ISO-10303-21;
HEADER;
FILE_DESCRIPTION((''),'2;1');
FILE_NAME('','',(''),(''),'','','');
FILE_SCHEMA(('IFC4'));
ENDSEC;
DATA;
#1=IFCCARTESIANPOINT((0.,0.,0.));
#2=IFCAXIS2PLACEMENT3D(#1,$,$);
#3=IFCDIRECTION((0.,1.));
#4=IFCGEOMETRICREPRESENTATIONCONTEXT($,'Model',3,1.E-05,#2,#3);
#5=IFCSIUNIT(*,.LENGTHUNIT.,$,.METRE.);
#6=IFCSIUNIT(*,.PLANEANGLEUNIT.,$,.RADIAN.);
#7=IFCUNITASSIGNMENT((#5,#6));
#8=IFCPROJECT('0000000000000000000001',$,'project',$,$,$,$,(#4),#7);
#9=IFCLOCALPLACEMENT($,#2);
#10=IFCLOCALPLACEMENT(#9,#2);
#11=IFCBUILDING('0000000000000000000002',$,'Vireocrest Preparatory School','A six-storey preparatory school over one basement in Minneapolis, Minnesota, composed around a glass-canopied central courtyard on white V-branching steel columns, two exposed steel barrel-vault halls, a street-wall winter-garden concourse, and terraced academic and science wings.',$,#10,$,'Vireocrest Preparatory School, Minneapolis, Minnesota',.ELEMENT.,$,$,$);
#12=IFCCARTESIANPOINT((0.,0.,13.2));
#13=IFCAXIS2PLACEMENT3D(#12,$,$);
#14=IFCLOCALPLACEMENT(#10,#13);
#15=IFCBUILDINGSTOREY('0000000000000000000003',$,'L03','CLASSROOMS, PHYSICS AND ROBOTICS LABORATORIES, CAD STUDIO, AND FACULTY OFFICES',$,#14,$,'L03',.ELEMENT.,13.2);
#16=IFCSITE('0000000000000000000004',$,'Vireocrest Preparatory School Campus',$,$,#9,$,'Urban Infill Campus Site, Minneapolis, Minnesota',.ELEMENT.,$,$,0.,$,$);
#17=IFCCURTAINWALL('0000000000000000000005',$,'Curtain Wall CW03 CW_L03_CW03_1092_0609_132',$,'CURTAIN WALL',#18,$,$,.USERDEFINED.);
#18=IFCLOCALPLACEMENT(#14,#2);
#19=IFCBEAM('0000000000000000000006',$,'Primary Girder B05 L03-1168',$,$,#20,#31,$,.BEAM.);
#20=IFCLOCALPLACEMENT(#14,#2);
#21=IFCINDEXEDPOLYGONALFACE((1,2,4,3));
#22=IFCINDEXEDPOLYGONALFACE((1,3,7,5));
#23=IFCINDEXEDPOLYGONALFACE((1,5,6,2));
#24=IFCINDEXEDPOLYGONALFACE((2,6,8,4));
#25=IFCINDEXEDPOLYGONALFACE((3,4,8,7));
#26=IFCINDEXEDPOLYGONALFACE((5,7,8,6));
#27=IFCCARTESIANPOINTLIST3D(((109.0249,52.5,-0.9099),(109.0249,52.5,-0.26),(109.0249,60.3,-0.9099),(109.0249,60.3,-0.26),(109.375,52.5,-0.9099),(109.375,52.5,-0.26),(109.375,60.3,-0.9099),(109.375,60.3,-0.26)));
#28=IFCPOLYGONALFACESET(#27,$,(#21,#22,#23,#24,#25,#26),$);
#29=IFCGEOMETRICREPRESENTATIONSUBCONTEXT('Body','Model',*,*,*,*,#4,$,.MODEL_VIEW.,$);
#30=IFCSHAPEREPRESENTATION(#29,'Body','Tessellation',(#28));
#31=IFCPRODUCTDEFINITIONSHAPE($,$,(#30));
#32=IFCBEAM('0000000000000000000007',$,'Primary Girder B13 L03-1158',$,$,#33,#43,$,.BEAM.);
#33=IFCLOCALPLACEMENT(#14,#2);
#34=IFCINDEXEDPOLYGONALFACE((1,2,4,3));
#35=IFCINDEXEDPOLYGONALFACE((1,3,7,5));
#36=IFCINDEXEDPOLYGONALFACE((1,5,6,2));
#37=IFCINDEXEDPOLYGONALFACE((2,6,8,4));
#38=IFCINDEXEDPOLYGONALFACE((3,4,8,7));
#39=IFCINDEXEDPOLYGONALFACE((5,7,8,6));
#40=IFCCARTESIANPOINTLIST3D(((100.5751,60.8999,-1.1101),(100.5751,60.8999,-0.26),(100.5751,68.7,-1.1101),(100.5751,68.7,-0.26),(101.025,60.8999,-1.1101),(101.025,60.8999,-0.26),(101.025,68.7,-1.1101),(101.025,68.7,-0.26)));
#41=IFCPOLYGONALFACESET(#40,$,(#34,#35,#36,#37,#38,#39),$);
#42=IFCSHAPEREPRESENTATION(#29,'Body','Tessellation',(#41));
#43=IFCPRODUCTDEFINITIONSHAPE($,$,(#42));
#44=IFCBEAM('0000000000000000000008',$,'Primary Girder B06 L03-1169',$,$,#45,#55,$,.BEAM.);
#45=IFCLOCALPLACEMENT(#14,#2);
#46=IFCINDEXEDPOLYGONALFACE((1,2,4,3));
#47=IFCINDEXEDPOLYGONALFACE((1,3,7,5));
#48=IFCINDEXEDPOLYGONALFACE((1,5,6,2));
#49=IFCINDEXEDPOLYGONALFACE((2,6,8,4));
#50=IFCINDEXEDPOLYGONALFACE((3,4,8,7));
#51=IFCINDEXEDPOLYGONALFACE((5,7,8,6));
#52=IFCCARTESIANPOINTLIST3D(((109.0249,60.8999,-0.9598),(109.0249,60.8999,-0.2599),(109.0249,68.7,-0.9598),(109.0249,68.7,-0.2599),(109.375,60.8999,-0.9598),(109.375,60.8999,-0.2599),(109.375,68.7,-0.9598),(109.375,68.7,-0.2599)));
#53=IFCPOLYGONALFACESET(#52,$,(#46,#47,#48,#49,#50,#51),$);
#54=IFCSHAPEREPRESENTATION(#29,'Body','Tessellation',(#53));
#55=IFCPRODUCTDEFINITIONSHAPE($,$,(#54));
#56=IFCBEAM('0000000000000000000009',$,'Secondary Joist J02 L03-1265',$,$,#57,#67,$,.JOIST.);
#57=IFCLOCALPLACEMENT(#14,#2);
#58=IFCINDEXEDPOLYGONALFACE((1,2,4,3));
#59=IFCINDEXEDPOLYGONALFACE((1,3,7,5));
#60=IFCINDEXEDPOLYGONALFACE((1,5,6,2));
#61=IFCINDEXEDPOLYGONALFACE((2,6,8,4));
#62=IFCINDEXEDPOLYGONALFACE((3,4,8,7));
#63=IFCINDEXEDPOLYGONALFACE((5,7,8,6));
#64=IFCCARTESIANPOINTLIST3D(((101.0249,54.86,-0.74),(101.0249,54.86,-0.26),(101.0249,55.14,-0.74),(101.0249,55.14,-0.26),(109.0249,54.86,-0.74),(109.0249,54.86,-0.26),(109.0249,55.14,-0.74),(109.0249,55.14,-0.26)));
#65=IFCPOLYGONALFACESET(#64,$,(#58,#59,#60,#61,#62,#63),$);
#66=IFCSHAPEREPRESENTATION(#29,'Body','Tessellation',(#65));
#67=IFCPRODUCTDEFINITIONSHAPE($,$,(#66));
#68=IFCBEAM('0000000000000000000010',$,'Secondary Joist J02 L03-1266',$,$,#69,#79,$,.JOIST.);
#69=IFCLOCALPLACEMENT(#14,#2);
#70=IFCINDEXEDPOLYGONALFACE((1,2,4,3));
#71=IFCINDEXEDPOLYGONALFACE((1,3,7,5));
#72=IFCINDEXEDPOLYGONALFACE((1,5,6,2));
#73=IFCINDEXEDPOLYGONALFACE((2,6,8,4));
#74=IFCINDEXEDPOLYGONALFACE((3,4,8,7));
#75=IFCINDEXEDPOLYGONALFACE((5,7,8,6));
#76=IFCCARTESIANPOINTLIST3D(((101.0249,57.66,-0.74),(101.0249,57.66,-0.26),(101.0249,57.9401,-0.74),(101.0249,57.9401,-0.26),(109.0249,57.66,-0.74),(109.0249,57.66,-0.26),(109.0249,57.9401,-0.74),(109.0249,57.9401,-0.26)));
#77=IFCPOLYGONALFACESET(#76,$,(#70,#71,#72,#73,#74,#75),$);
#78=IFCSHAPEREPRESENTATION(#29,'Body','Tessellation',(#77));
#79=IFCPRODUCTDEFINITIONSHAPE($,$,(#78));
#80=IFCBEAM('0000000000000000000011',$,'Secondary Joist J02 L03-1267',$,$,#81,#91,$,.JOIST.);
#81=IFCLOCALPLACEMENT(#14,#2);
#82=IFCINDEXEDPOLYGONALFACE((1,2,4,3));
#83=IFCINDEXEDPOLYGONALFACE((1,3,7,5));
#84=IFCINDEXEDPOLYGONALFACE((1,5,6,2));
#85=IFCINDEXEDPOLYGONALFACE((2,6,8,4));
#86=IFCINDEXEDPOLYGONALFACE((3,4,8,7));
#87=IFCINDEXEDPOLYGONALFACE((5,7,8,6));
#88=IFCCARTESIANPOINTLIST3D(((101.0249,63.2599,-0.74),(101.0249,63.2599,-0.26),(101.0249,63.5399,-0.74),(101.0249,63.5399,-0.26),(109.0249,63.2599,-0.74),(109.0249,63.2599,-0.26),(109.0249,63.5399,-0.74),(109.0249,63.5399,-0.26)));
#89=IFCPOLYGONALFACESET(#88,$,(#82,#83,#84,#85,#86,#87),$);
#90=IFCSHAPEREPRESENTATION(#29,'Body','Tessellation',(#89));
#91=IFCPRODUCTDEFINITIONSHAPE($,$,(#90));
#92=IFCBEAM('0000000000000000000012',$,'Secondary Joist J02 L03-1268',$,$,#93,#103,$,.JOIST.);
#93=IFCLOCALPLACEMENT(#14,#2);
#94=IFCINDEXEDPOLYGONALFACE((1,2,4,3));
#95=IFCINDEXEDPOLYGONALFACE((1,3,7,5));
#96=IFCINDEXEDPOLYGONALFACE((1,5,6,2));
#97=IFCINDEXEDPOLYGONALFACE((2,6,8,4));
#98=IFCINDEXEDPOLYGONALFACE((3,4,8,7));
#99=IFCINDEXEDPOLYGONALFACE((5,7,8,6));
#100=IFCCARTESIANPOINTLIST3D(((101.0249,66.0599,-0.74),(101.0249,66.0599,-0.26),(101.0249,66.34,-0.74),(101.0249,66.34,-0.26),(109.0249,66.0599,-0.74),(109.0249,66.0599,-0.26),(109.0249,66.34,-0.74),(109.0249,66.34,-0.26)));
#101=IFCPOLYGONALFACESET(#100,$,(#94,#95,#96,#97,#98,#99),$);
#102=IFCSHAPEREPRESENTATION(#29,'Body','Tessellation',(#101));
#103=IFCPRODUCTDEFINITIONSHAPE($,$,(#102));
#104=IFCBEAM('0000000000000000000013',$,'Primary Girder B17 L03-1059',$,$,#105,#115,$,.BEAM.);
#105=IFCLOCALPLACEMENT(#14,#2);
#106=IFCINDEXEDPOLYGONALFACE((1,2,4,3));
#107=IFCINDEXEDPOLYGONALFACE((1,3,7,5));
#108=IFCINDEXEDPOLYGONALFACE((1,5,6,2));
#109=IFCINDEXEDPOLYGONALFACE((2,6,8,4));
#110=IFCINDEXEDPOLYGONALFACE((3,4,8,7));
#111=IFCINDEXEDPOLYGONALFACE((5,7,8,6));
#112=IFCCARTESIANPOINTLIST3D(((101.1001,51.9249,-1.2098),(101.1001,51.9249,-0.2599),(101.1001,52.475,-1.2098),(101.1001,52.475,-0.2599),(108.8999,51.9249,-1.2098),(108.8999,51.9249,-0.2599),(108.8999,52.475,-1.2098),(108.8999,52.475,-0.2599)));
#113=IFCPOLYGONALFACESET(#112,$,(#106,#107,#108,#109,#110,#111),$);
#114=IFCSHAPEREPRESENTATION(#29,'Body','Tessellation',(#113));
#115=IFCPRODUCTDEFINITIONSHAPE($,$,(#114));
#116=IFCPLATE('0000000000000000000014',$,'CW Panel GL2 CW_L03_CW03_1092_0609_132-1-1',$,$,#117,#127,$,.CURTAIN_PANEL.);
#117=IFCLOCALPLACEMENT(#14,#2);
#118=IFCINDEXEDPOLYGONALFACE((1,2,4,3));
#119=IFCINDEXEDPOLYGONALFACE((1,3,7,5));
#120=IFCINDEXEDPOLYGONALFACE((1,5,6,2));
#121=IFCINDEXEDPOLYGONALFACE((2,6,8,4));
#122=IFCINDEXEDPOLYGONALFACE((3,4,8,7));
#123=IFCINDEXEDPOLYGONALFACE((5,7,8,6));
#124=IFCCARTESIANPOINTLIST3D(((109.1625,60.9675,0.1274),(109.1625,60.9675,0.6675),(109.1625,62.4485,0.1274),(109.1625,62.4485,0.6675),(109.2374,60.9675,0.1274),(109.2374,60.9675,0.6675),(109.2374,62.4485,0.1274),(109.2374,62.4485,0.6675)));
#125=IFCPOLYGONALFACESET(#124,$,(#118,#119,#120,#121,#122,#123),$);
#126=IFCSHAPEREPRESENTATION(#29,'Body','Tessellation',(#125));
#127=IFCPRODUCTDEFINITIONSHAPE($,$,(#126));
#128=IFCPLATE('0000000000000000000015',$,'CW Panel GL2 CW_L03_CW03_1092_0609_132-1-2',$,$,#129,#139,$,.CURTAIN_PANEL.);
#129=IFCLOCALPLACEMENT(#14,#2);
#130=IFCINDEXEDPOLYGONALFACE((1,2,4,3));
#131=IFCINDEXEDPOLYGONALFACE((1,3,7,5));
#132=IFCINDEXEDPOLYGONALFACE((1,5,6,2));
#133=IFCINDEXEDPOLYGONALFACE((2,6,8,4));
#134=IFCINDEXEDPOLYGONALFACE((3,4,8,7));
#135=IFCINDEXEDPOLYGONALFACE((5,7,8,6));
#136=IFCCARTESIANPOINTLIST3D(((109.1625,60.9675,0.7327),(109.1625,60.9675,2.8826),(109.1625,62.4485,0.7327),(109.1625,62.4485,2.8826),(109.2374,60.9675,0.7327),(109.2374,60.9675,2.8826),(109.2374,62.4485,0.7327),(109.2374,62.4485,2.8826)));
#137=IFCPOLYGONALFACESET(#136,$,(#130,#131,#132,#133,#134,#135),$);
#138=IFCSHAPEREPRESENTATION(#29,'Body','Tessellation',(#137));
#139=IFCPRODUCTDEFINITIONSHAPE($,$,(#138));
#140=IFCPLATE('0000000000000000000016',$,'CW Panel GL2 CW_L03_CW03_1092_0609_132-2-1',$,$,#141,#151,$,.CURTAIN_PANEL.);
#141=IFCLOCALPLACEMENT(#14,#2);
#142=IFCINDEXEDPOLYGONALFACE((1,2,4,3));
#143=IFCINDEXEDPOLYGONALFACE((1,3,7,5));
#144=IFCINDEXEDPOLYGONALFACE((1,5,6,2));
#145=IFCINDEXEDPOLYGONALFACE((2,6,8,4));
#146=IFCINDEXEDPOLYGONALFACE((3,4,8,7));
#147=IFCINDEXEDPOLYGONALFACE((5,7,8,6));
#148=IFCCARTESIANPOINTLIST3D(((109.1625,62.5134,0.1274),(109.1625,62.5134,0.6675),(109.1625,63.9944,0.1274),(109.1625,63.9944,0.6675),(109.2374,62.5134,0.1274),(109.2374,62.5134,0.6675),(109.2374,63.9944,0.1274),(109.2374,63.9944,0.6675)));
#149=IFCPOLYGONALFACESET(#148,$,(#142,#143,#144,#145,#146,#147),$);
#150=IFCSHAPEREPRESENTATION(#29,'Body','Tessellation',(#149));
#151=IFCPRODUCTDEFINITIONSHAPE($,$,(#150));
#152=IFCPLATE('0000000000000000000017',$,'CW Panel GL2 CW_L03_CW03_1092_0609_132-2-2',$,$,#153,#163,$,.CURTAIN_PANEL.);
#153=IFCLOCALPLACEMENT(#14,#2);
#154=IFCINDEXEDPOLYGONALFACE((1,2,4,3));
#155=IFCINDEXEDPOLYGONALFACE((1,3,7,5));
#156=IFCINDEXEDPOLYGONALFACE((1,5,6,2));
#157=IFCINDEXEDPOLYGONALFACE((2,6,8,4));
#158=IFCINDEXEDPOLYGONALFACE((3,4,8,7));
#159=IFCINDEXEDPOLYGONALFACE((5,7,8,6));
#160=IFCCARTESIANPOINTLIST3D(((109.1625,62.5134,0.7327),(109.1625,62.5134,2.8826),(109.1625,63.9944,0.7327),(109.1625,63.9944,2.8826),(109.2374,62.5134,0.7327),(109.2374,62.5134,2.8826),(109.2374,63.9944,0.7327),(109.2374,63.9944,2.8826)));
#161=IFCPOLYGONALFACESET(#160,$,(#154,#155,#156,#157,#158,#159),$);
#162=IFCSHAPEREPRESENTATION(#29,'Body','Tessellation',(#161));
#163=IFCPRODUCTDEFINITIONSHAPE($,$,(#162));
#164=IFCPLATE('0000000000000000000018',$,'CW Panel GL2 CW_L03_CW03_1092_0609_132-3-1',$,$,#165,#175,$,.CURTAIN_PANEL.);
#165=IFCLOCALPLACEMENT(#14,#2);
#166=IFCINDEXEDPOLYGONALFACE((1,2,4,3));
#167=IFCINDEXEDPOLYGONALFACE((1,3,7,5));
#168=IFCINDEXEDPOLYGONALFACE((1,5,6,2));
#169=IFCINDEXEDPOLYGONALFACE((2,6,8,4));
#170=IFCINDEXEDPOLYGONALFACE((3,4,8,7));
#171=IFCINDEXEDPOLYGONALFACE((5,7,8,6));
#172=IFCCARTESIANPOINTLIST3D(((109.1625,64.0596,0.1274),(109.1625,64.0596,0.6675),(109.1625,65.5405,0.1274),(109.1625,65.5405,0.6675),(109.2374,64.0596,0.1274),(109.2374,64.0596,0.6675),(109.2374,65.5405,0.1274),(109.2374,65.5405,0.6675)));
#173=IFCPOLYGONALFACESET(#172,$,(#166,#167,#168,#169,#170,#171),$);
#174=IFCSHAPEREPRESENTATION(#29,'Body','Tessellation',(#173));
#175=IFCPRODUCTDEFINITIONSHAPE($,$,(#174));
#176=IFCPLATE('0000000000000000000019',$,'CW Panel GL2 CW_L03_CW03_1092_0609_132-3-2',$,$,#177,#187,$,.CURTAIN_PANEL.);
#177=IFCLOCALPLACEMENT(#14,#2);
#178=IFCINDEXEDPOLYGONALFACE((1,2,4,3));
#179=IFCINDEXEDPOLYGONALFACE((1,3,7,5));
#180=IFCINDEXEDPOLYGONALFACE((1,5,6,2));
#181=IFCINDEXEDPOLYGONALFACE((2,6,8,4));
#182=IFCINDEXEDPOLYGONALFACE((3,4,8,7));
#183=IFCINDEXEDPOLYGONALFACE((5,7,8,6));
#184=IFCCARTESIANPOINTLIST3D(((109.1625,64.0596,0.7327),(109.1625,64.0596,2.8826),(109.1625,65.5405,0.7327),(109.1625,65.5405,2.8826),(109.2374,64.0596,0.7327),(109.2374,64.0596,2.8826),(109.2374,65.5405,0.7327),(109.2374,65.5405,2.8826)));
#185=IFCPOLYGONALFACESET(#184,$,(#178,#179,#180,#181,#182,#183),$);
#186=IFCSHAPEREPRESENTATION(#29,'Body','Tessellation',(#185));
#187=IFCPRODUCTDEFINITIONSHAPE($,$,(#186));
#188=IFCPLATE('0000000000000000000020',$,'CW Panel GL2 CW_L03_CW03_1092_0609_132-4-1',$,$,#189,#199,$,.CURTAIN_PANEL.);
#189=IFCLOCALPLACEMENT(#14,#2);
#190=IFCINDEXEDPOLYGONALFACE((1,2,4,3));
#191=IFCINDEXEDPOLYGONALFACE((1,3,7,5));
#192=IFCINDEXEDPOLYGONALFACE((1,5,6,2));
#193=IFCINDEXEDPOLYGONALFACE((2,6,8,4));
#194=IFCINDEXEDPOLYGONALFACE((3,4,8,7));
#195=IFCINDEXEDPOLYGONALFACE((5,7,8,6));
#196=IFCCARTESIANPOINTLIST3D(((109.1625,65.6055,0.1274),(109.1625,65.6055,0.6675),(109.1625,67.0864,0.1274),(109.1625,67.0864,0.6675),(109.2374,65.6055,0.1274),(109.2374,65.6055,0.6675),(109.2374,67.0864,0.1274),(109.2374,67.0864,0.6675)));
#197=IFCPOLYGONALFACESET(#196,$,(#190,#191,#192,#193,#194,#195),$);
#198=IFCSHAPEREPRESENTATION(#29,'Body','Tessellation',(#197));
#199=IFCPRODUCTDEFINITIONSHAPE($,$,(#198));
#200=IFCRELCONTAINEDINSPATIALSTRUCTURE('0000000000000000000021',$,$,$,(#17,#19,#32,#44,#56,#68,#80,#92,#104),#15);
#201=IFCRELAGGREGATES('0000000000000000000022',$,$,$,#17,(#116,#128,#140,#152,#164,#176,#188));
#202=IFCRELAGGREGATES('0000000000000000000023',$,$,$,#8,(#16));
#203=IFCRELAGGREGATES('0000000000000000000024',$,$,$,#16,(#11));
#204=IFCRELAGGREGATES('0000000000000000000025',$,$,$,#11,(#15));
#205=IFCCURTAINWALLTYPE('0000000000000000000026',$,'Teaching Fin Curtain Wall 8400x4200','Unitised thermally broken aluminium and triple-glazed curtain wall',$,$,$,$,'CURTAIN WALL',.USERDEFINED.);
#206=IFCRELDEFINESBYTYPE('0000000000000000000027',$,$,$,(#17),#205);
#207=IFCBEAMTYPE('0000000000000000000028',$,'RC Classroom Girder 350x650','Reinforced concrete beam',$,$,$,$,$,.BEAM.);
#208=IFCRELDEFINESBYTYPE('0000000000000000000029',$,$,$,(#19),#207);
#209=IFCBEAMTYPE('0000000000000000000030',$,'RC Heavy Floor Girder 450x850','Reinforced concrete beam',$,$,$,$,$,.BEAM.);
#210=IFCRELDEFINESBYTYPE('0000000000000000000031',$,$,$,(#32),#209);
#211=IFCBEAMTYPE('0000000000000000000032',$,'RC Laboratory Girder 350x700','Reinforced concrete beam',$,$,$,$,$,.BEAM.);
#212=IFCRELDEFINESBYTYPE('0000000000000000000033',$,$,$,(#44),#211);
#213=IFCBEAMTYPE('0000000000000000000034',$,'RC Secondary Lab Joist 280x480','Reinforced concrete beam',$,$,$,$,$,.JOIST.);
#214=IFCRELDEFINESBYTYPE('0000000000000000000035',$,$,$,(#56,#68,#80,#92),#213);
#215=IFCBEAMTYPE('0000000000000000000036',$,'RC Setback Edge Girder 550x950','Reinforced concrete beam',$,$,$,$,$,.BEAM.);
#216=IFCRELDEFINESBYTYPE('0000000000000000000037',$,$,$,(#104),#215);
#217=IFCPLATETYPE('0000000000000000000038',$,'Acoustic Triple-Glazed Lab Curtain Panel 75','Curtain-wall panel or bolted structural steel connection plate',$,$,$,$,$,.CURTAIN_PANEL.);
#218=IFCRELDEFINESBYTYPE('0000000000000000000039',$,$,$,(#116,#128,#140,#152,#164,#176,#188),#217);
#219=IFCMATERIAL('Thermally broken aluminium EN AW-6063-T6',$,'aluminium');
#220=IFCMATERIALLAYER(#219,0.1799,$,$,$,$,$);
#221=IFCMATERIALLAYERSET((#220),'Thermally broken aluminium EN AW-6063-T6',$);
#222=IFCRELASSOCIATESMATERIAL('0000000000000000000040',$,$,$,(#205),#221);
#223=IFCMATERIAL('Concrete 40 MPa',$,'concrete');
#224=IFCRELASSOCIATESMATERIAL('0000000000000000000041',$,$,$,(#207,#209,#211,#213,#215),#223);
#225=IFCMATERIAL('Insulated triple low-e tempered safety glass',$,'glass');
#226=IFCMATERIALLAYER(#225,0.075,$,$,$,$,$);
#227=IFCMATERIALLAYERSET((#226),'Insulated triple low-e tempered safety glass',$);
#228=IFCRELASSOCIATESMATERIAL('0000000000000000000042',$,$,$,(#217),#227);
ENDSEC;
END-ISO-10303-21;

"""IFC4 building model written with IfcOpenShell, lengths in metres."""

from ifc_helpers import new_model, si_unit, direction, frame, origin, origin_2d, place, context, subcontext, project, spatial, rectangle, extrude, material, layer, layer_set, material_profile, profile_set, type_object, element, aggregate, save


model = new_model("IFC4")

# Units and contexts
model_context = context("Model", 3, precision=1e-05, world=origin(), true_north=direction((0.0, 1.0)))
body_context = subcontext(model_context, "Body", "Model", "MODEL_VIEW")
ifc_project = project(units=[si_unit("LENGTHUNIT", "METRE"), si_unit("PLANEANGLEUNIT", "RADIAN")], contexts=[model_context])

# Site, building, storey
site_placement = place(None, origin())
site = spatial("IfcSite", under=ifc_project, at=site_placement, Name="Vireocrest Preparatory School Campus", LongName="Urban Infill Campus Site, Minneapolis, Minnesota", CompositionType="ELEMENT", RefElevation=0.0)
building_placement = place(site_placement, origin())
building = spatial("IfcBuilding", under=site, at=building_placement, Name="Vireocrest Preparatory School", Description="A six-storey preparatory school over one basement in Minneapolis, Minnesota, composed around a glass-canopied central courtyard on white V-branching steel columns, two exposed steel barrel-vault halls, a street-wall winter-garden concourse, and terraced academic and science wings.", LongName="Vireocrest Preparatory School, Minneapolis, Minnesota", CompositionType="ELEMENT")
storey_placement = place(building_placement, frame((0.0, 0.0, 13.2)))
storey = spatial("IfcBuildingStorey", under=building, at=storey_placement, Name="L03", Description="CLASSROOMS, PHYSICS AND ROBOTICS LABORATORIES, CAD STUDIO, AND FACULTY OFFICES", LongName="L03", CompositionType="ELEMENT", Elevation=13.2)

# Shared definitions
ifc_material_1 = material(Name="Thermally broken aluminium EN AW-6063-T6", Category="aluminium")
ifc_layer_1 = layer(ifc_material_1, 0.1799)
ifc_layer_set_1 = layer_set([ifc_layer_1], Name="Thermally broken aluminium EN AW-6063-T6")
curtain_wall_type = type_object("IfcCurtainWallType", Name="Teaching Fin Curtain Wall 8400x4200", Description="Unitised thermally broken aluminium and triple-glazed curtain wall", ElementType="CURTAIN WALL", PredefinedType="USERDEFINED", material=ifc_layer_set_1)

# Curtain wall
curtain_wall_1_placement = place(storey_placement, origin())
curtain_wall_1 = element("IfcCurtainWall", 1, at=curtain_wall_1_placement, inside=storey, type_object=curtain_wall_type, Name="Curtain Wall CW03 CW_L03_CW03_1092_0609_132", ObjectType="CURTAIN WALL", PredefinedType="USERDEFINED")

# Beams
ifc_material_2 = material(Name="Concrete 40 MPa", Category="concrete")
ifc_material_profile_1 = material_profile(ifc_material_2, rectangle(XDim=0.3501, YDim=0.6499, at=origin_2d()), Name="RC 350x650")
ifc_profile_set_1 = profile_set([ifc_material_profile_1], Name="Concrete 40 MPa")
beam_type_1 = type_object("IfcBeamType", Name="RC Classroom Girder 350x650", Description="Reinforced concrete beam", PredefinedType="BEAM", material=ifc_profile_set_1)
beam_1_placement = place(storey_placement, frame((109.2, 52.5, -0.585), z_axis=(0.0, 1.0, 0.0), x_axis=(-1.0, 0.0, 0.0)))
element("IfcBeam", 2, at=beam_1_placement, inside=storey, type_object=beam_type_1, Name="Primary Girder B05 L03-1168", PredefinedType="BEAM", context=body_context, shape_type="SweptSolid", body=[
    extrude(rectangle(XDim=0.3501, YDim=0.6499, at=origin_2d()), origin(), (0.0, 0.0, 1.0), 7.8),
])
ifc_material_profile_2 = material_profile(ifc_material_2, rectangle(XDim=0.45, YDim=0.8501, at=origin_2d()), Name="RC 450x850")
ifc_profile_set_2 = profile_set([ifc_material_profile_2], Name="Concrete 40 MPa")
beam_type_2 = type_object("IfcBeamType", Name="RC Heavy Floor Girder 450x850", Description="Reinforced concrete beam", PredefinedType="BEAM", material=ifc_profile_set_2)
beam_2_placement = place(storey_placement, frame((100.8, 60.8999, -0.6851), z_axis=(0.0, 1.0, 0.0), x_axis=(-1.0, 0.0, 0.0)))
element("IfcBeam", 3, at=beam_2_placement, inside=storey, type_object=beam_type_2, Name="Primary Girder B13 L03-1158", PredefinedType="BEAM", context=body_context, shape_type="SweptSolid", body=[
    extrude(rectangle(XDim=0.45, YDim=0.8501, at=origin_2d()), origin(), (0.0, 0.0, 1.0), 7.8),
])
ifc_material_profile_3 = material_profile(ifc_material_2, rectangle(XDim=0.3501, YDim=0.7, at=origin_2d()), Name="RC 350x700")
ifc_profile_set_3 = profile_set([ifc_material_profile_3], Name="Concrete 40 MPa")
beam_type_3 = type_object("IfcBeamType", Name="RC Laboratory Girder 350x700", Description="Reinforced concrete beam", PredefinedType="BEAM", material=ifc_profile_set_3)
beam_3_placement = place(storey_placement, frame((109.2, 60.8999, -0.6099), z_axis=(0.0, 1.0, 0.0), x_axis=(-1.0, 0.0, 0.0)))
element("IfcBeam", 4, at=beam_3_placement, inside=storey, type_object=beam_type_3, Name="Primary Girder B06 L03-1169", PredefinedType="BEAM", context=body_context, shape_type="SweptSolid", body=[
    extrude(rectangle(XDim=0.3501, YDim=0.7, at=origin_2d()), origin(), (0.0, 0.0, 1.0), 7.8),
])
ifc_material_profile_4 = material_profile(ifc_material_2, rectangle(XDim=0.28, YDim=0.48, at=origin_2d()), Name="RC 280x480")
ifc_profile_set_4 = profile_set([ifc_material_profile_4], Name="Concrete 40 MPa")
beam_type_4 = type_object("IfcBeamType", Name="RC Secondary Lab Joist 280x480", Description="Reinforced concrete beam", PredefinedType="JOIST", material=ifc_profile_set_4)
for number, where, z_axis, x_axis, name in (
    (5, (101.0249, 55.0, -0.5), (1.0, 0.0, 0.0), (0.0, 1.0, 0.0), "Secondary Joist J02 L03-1265"),
    (6, (101.0249, 57.8, -0.5), (1.0, 0.0, 0.0), (0.0, 1.0, 0.0), "Secondary Joist J02 L03-1266"),
    (7, (101.0249, 63.3999, -0.5), (1.0, 0.0, 0.0), (0.0, 1.0, 0.0), "Secondary Joist J02 L03-1267"),
    (8, (101.0249, 66.2, -0.5), (1.0, 0.0, 0.0), (0.0, 1.0, 0.0), "Secondary Joist J02 L03-1268"),
):
    element("IfcBeam", number, at=place(storey_placement, frame(where, z_axis=z_axis, x_axis=x_axis)), inside=storey, type_object=beam_type_4, Name=name, PredefinedType="JOIST", context=body_context, shape_type="SweptSolid", body=[
        extrude(rectangle(XDim=0.28, YDim=0.48, at=origin_2d()), origin(), (0.0, 0.0, 1.0), 8.0),
    ])
ifc_material_profile_5 = material_profile(ifc_material_2, rectangle(XDim=0.55, YDim=0.95, at=origin_2d()), Name="RC 550x950")
ifc_profile_set_5 = profile_set([ifc_material_profile_5], Name="Concrete 40 MPa")
beam_type_5 = type_object("IfcBeamType", Name="RC Setback Edge Girder 550x950", Description="Reinforced concrete beam", PredefinedType="BEAM", material=ifc_profile_set_5)
beam_4_placement = place(storey_placement, frame((101.1001, 52.2, -0.7349), z_axis=(1.0, 0.0, 0.0), x_axis=(0.0, 1.0, 0.0)))
element("IfcBeam", 9, at=beam_4_placement, inside=storey, type_object=beam_type_5, Name="Primary Girder B17 L03-1059", PredefinedType="BEAM", context=body_context, shape_type="SweptSolid", body=[
    extrude(rectangle(XDim=0.55, YDim=0.95, at=origin_2d()), origin(), (0.0, 0.0, 1.0), 7.7998),
])

# Plates
ifc_material_3 = material(Name="Insulated triple low-e tempered safety glass", Category="glass")
ifc_layer_2 = layer(ifc_material_3, 0.075)
ifc_layer_set_2 = layer_set([ifc_layer_2], Name="Insulated triple low-e tempered safety glass")
plate_type = type_object("IfcPlateType", Name="Acoustic Triple-Glazed Lab Curtain Panel 75", Description="Curtain-wall panel or bolted structural steel connection plate", PredefinedType="CURTAIN_PANEL", material=ifc_layer_set_2)
plate_1_placement = place(storey_placement, frame((109.2, 61.708, 0.1274), z_axis=(0.0, 0.0, 1.0), x_axis=(0.0, 1.0, 0.0)))
plate_1 = element("IfcPlate", 10, at=plate_1_placement, type_object=plate_type, Name="CW Panel GL2 CW_L03_CW03_1092_0609_132-1-1", PredefinedType="CURTAIN_PANEL", context=body_context, shape_type="SweptSolid", body=[
    extrude(rectangle(XDim=1.481, YDim=0.075, at=origin_2d()), origin(), (0.0, 0.0, 1.0), 0.54),
])
plate_2_placement = place(storey_placement, frame((109.2, 61.708, 0.7327), z_axis=(0.0, 0.0, 1.0), x_axis=(0.0, 1.0, 0.0)))
plate_2 = element("IfcPlate", 11, at=plate_2_placement, type_object=plate_type, Name="CW Panel GL2 CW_L03_CW03_1092_0609_132-1-2", PredefinedType="CURTAIN_PANEL", context=body_context, shape_type="SweptSolid", body=[
    extrude(rectangle(XDim=1.481, YDim=0.075, at=origin_2d()), origin(), (0.0, 0.0, 1.0), 2.1499),
])
plate_3_placement = place(storey_placement, frame((109.2, 63.2539, 0.1274), z_axis=(0.0, 0.0, 1.0), x_axis=(0.0, 1.0, 0.0)))
plate_3 = element("IfcPlate", 12, at=plate_3_placement, type_object=plate_type, Name="CW Panel GL2 CW_L03_CW03_1092_0609_132-2-1", PredefinedType="CURTAIN_PANEL", context=body_context, shape_type="SweptSolid", body=[
    extrude(rectangle(XDim=1.481, YDim=0.075, at=origin_2d()), origin(), (0.0, 0.0, 1.0), 0.54),
])
plate_4_placement = place(storey_placement, frame((109.2, 63.2539, 0.7327), z_axis=(0.0, 0.0, 1.0), x_axis=(0.0, 1.0, 0.0)))
plate_4 = element("IfcPlate", 13, at=plate_4_placement, type_object=plate_type, Name="CW Panel GL2 CW_L03_CW03_1092_0609_132-2-2", PredefinedType="CURTAIN_PANEL", context=body_context, shape_type="SweptSolid", body=[
    extrude(rectangle(XDim=1.481, YDim=0.075, at=origin_2d()), origin(), (0.0, 0.0, 1.0), 2.1499),
])
plate_5_placement = place(storey_placement, frame((109.2, 64.8, 0.1274), z_axis=(0.0, 0.0, 1.0), x_axis=(0.0, 1.0, 0.0)))
plate_5 = element("IfcPlate", 14, at=plate_5_placement, type_object=plate_type, Name="CW Panel GL2 CW_L03_CW03_1092_0609_132-3-1", PredefinedType="CURTAIN_PANEL", context=body_context, shape_type="SweptSolid", body=[
    extrude(rectangle(XDim=1.481, YDim=0.075, at=origin_2d()), origin(), (0.0, 0.0, 1.0), 0.54),
])
plate_6_placement = place(storey_placement, frame((109.2, 64.8, 0.7327), z_axis=(0.0, 0.0, 1.0), x_axis=(0.0, 1.0, 0.0)))
plate_6 = element("IfcPlate", 15, at=plate_6_placement, type_object=plate_type, Name="CW Panel GL2 CW_L03_CW03_1092_0609_132-3-2", PredefinedType="CURTAIN_PANEL", context=body_context, shape_type="SweptSolid", body=[
    extrude(rectangle(XDim=1.481, YDim=0.075, at=origin_2d()), origin(), (0.0, 0.0, 1.0), 2.1499),
])
plate_7_placement = place(storey_placement, frame((109.2, 66.3459, 0.1274), z_axis=(0.0, 0.0, 1.0), x_axis=(0.0, 1.0, 0.0)))
plate_7 = element("IfcPlate", 16, at=plate_7_placement, type_object=plate_type, Name="CW Panel GL2 CW_L03_CW03_1092_0609_132-4-1", PredefinedType="CURTAIN_PANEL", context=body_context, shape_type="SweptSolid", body=[
    extrude(rectangle(XDim=1.481, YDim=0.075, at=origin_2d()), origin(), (0.0, 0.0, 1.0), 0.54),
])
aggregate(curtain_wall_1, [plate_1, plate_2, plate_3, plate_4, plate_5, plate_6, plate_7])

save(model, "model.ifc")
